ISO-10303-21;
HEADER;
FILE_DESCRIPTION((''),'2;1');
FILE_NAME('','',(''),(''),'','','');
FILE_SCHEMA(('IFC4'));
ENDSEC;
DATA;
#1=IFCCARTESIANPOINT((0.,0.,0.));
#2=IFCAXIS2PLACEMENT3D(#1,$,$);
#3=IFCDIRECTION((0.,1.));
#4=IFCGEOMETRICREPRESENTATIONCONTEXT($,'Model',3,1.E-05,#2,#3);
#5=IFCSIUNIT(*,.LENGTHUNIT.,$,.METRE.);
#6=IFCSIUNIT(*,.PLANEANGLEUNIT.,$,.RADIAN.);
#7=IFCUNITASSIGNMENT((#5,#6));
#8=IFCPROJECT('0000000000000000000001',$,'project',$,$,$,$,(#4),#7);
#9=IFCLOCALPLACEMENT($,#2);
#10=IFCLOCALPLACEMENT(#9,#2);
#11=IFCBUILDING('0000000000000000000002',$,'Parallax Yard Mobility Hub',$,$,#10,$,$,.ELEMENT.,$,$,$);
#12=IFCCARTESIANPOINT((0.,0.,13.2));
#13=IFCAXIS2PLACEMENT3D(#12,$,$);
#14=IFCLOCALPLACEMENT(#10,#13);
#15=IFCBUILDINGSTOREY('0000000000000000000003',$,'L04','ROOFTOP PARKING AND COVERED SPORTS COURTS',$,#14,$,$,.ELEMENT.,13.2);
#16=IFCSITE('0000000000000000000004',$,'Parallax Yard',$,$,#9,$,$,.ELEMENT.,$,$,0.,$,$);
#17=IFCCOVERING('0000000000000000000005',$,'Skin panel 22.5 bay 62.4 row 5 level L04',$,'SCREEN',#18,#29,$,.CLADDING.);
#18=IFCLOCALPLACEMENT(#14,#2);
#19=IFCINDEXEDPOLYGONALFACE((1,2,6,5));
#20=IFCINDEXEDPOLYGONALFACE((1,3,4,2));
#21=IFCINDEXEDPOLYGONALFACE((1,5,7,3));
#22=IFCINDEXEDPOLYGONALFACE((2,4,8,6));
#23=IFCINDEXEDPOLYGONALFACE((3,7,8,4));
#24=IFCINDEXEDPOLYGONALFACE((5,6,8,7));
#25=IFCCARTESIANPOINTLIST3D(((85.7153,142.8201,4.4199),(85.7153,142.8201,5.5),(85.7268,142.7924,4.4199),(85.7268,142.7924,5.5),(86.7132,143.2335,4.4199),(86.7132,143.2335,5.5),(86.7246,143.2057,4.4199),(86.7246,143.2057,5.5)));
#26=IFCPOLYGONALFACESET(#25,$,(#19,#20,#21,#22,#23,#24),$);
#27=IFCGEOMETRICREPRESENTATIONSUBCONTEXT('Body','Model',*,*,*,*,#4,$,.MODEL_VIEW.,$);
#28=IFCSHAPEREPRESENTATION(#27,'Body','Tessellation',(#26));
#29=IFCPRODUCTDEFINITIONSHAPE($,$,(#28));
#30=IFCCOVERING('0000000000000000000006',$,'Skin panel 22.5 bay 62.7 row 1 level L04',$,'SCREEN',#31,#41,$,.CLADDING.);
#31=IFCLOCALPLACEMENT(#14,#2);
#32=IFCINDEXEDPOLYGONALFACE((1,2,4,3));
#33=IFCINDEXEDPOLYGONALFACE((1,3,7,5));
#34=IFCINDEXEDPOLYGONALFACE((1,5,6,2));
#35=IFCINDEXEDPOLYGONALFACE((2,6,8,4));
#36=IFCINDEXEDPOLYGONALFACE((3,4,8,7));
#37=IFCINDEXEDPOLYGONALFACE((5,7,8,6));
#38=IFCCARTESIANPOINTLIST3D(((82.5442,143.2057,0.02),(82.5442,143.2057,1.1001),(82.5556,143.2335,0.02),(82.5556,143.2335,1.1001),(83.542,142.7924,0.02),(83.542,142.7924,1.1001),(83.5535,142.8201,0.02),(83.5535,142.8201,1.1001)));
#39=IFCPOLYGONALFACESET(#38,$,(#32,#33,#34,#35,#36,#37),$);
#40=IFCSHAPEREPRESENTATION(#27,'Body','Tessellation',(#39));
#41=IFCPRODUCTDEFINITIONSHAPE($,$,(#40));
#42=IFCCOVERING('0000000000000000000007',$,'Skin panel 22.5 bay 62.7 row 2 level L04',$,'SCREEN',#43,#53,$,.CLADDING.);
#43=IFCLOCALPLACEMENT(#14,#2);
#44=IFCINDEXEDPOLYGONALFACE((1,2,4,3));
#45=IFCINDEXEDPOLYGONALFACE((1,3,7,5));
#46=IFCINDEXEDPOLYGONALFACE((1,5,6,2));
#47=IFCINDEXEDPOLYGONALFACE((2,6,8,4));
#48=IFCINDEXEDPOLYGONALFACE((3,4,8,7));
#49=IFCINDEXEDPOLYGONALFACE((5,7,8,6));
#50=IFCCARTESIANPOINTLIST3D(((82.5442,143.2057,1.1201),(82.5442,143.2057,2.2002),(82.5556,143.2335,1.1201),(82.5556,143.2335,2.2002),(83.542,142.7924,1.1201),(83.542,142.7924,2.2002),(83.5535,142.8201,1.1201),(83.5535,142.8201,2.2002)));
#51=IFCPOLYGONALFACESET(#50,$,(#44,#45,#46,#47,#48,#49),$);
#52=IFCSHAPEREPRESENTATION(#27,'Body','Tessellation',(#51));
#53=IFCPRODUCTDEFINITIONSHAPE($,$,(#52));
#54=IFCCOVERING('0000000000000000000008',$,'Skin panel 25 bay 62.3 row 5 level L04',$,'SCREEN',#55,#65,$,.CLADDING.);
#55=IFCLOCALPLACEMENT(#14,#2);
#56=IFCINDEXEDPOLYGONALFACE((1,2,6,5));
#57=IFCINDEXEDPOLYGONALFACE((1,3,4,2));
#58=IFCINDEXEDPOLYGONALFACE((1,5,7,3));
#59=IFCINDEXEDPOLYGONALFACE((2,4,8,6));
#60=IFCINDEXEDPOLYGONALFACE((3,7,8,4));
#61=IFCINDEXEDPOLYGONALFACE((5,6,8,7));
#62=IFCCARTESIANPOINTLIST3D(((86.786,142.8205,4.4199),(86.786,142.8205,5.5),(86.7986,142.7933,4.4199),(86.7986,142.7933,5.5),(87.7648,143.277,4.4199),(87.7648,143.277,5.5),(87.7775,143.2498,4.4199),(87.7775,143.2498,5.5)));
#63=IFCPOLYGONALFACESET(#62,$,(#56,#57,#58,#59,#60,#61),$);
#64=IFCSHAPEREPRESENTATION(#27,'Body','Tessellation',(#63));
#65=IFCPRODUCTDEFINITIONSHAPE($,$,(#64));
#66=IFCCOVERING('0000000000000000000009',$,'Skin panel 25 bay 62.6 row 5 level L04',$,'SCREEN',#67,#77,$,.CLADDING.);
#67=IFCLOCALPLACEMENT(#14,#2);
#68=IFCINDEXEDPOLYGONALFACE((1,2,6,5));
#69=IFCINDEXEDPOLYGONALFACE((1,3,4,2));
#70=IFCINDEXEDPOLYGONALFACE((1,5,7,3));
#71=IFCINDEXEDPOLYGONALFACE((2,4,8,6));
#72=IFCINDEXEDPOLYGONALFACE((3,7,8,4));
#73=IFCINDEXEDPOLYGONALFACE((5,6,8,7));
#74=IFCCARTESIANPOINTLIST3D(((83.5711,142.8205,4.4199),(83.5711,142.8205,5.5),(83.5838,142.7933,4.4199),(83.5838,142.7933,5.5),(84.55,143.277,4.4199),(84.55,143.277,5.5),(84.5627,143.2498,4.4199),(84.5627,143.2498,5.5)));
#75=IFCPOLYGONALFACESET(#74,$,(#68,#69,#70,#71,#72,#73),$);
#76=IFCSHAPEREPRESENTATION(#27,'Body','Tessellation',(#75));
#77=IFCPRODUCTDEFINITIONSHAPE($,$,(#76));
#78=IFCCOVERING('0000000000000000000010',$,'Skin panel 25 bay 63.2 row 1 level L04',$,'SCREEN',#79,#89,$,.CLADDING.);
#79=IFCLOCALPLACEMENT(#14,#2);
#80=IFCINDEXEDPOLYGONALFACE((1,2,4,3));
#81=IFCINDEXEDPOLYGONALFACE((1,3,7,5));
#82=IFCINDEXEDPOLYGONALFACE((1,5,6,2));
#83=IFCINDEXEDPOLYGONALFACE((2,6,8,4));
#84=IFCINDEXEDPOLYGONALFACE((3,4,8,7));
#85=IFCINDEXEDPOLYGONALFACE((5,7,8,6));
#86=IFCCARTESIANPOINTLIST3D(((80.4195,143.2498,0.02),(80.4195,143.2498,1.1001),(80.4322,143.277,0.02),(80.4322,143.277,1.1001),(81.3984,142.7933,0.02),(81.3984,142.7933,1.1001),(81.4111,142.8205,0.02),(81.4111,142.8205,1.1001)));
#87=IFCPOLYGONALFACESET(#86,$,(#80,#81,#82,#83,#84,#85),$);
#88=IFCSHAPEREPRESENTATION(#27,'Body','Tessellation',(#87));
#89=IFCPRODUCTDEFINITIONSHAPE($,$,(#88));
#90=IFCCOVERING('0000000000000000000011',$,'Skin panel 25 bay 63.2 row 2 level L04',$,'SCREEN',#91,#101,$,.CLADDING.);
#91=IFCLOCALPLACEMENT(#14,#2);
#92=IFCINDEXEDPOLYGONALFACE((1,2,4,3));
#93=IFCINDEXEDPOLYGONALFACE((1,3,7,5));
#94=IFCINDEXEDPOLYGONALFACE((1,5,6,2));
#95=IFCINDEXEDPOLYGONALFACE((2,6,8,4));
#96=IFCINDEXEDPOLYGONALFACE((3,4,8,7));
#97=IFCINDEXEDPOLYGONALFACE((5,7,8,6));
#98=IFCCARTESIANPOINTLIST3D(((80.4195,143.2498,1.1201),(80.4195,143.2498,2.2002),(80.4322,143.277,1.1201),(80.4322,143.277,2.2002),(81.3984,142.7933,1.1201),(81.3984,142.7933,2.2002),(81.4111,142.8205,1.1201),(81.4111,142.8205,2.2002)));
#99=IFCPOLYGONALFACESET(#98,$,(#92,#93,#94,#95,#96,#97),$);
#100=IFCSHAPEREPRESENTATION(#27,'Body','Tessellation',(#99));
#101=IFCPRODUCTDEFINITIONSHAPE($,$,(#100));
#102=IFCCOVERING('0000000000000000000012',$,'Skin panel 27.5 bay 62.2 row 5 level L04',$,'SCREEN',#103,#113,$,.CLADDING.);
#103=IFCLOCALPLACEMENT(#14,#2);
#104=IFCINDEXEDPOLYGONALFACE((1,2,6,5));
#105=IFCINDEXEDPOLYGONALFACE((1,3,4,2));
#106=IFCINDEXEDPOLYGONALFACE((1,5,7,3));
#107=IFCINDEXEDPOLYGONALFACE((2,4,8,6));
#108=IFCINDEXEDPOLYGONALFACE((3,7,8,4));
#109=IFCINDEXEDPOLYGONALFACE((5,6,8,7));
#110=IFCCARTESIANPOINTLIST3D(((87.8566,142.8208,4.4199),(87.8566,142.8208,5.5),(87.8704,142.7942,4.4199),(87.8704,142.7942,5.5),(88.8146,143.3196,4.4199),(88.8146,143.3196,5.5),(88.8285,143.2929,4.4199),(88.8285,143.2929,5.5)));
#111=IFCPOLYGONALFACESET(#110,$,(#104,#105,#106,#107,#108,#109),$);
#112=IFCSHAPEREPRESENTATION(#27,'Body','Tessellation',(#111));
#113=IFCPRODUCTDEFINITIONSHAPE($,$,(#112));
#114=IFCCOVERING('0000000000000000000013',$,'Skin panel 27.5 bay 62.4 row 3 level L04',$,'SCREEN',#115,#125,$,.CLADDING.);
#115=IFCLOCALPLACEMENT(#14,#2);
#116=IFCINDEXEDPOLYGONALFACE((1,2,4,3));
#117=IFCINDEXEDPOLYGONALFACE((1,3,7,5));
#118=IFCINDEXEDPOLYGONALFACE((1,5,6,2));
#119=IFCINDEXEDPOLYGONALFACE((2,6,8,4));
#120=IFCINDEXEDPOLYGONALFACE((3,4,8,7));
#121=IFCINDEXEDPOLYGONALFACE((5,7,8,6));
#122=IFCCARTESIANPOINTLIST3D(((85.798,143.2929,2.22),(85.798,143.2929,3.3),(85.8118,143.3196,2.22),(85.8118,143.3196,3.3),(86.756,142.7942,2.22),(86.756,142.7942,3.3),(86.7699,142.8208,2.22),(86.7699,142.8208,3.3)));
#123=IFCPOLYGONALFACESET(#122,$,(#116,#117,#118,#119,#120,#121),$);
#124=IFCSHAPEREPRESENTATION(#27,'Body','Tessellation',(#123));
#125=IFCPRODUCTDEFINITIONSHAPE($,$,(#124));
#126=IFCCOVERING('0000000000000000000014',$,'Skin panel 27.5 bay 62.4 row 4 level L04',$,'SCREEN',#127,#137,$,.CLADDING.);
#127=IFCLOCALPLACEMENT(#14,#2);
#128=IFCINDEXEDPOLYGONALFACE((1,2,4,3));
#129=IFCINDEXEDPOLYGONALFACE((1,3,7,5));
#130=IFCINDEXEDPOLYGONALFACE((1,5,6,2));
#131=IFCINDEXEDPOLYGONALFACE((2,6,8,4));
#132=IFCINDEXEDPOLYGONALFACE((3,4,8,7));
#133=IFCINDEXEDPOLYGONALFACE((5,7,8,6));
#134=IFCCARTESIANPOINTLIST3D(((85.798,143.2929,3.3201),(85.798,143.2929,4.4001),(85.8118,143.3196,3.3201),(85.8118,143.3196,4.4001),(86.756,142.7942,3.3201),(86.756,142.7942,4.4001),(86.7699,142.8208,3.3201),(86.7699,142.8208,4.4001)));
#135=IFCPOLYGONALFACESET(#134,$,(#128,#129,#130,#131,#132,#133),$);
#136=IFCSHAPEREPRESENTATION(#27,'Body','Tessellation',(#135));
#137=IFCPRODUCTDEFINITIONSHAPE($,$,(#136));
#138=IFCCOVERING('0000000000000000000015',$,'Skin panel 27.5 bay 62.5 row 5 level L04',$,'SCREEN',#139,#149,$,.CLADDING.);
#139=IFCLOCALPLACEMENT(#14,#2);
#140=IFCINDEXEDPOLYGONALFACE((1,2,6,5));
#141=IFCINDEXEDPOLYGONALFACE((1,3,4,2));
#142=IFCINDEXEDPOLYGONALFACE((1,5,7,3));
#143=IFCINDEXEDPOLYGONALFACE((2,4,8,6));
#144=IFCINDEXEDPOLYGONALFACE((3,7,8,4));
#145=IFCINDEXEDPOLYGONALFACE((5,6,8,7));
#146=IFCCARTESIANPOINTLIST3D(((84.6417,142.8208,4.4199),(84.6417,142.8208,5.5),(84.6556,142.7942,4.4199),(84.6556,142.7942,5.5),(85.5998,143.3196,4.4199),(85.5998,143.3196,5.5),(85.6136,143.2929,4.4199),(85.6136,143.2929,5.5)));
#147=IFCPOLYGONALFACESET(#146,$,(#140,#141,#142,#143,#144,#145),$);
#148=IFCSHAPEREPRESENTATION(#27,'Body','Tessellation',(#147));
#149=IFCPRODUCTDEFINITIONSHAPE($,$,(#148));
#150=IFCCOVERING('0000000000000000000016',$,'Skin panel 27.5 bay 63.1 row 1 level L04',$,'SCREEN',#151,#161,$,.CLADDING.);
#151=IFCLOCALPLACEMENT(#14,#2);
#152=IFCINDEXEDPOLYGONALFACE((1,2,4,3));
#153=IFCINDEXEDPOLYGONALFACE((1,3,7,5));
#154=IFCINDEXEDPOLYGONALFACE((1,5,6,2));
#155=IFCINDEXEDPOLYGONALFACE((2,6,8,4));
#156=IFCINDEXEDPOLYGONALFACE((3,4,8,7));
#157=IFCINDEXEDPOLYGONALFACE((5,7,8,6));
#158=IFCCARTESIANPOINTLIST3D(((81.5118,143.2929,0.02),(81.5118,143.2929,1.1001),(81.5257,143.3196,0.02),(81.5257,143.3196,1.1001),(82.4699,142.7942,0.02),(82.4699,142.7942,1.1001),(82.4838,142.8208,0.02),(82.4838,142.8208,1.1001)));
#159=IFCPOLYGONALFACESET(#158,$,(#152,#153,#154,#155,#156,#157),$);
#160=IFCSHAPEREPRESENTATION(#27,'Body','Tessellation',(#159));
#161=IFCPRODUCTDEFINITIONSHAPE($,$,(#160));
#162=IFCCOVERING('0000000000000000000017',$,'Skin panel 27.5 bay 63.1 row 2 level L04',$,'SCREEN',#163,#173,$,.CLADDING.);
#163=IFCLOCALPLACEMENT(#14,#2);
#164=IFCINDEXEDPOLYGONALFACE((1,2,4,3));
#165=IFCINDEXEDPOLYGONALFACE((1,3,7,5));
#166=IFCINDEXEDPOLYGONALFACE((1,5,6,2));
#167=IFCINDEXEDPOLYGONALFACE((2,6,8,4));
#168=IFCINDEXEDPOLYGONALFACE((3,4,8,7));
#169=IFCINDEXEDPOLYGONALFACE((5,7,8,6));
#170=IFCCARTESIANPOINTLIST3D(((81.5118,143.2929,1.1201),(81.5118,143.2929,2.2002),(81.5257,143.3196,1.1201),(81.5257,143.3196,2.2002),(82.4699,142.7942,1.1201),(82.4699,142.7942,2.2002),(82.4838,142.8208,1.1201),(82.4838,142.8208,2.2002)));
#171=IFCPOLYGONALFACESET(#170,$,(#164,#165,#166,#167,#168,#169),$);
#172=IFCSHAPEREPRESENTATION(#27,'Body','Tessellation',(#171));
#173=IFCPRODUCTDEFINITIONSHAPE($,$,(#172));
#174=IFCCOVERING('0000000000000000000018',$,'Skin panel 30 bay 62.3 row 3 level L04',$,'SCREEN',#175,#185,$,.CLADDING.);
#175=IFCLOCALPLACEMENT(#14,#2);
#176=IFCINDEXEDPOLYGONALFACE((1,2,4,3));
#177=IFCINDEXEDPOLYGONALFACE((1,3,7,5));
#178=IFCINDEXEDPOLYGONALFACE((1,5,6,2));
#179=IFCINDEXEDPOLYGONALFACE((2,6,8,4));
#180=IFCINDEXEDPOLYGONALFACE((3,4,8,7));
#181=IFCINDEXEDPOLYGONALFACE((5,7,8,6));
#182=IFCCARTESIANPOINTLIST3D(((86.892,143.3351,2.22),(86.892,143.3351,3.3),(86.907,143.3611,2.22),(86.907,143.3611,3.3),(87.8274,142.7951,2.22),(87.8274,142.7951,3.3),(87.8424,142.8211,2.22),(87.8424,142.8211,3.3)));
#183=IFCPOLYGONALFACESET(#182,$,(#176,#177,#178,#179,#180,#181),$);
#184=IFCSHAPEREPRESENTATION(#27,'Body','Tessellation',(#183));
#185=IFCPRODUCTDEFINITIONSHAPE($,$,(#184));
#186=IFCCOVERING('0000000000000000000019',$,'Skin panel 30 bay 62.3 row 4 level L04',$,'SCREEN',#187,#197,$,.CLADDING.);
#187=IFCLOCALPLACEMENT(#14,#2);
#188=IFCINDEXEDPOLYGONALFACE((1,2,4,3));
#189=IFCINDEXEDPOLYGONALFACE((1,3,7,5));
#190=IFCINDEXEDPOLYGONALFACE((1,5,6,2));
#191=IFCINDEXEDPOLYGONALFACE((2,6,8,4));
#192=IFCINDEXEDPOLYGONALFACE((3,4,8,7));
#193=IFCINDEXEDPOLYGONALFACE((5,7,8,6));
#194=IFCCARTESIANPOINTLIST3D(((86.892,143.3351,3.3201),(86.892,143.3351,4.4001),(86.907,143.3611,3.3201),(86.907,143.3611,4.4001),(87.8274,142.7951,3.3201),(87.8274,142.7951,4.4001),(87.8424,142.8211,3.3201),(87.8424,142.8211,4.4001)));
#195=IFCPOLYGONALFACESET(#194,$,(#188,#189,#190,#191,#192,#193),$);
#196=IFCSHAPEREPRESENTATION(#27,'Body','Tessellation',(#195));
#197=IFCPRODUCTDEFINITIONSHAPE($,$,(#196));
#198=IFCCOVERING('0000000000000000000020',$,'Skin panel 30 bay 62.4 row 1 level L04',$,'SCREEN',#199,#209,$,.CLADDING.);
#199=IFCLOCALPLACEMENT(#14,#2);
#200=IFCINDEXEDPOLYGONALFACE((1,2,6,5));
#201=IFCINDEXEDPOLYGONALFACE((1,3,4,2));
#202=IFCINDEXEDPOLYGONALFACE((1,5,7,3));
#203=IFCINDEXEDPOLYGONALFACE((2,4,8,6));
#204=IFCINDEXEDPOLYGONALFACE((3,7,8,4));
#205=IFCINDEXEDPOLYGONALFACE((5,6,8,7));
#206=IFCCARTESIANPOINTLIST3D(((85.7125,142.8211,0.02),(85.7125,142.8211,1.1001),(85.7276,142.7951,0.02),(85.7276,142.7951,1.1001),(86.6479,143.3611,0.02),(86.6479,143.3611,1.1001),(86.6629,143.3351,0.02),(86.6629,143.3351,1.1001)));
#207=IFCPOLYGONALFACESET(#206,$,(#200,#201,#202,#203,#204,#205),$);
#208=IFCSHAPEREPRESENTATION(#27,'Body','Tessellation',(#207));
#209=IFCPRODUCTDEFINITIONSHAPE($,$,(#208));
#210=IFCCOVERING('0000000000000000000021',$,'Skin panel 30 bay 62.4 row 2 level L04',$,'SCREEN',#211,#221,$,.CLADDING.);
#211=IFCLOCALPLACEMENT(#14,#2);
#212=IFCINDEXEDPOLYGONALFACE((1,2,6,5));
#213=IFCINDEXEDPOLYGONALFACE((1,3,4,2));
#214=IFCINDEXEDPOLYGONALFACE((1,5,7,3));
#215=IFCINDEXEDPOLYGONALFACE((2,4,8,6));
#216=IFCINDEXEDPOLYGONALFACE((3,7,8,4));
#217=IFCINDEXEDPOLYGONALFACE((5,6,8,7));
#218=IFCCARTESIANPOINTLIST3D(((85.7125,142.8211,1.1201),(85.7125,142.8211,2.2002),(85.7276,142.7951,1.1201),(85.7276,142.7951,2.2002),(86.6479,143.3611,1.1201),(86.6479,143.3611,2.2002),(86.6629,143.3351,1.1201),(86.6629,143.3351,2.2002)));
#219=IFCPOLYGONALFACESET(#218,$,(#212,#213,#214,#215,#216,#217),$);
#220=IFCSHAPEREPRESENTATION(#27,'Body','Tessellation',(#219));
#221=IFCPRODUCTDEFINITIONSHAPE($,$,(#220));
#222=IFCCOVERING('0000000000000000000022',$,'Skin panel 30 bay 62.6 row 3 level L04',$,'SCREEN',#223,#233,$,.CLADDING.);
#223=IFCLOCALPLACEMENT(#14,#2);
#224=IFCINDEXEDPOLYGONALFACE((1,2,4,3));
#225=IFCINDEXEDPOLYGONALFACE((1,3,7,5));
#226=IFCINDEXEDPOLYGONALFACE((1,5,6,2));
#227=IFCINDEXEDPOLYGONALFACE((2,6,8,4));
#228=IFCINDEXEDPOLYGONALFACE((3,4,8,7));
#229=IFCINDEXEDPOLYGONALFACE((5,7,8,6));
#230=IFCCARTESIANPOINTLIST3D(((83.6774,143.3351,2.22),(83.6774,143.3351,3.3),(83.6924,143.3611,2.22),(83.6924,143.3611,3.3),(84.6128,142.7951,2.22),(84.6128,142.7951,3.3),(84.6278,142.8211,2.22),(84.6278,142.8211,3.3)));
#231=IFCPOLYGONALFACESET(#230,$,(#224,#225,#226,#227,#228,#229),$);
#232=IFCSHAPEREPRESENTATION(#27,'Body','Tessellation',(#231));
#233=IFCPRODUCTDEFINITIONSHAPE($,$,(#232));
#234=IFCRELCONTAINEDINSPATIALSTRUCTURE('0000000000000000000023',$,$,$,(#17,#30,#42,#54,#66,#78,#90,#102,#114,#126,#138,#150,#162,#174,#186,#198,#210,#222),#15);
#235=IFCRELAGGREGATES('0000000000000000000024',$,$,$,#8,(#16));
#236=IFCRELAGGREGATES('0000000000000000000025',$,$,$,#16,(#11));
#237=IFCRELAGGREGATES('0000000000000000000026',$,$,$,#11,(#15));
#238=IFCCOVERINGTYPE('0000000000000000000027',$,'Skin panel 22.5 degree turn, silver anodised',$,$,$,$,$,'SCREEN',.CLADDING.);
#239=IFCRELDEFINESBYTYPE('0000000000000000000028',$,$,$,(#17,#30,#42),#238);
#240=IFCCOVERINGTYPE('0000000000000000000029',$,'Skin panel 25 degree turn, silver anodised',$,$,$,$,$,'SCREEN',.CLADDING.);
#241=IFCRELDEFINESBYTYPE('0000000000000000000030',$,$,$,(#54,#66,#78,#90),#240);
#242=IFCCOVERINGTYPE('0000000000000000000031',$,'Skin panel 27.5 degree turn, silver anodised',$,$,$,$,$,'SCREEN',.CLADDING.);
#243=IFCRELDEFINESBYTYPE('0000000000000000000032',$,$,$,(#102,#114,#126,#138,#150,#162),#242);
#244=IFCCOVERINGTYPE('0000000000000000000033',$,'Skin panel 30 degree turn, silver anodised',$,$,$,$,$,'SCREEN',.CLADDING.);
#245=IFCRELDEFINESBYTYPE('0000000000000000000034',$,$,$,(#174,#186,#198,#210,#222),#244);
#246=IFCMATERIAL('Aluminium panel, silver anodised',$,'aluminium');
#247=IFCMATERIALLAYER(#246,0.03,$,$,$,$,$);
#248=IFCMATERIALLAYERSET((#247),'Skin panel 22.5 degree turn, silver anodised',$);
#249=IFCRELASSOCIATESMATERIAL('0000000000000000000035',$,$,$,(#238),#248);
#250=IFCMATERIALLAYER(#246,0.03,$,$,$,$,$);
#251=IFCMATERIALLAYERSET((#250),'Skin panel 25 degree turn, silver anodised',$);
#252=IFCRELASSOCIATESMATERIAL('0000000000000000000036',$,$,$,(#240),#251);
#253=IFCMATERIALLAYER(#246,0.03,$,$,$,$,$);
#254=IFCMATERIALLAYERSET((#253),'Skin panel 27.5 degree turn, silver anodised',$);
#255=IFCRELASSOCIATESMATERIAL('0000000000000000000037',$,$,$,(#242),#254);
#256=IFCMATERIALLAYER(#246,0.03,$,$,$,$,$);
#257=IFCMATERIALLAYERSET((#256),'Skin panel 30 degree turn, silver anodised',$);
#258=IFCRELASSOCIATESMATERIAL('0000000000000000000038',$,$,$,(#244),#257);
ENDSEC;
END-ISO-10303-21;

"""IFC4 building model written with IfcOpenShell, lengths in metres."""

from ifc_helpers import new_model, si_unit, direction, frame, origin, origin_2d, place, context, subcontext, project, spatial, rectangle, extrude, material, layer, layer_set, type_object, element, save


model = new_model("IFC4")

# Units and contexts
model_context = context("Model", 3, precision=1e-05, world=origin(), true_north=direction((0.0, 1.0)))
body_context = subcontext(model_context, "Body", "Model", "MODEL_VIEW")
ifc_project = project(units=[si_unit("LENGTHUNIT", "METRE"), si_unit("PLANEANGLEUNIT", "RADIAN")], contexts=[model_context])

# Site, building, storey
site_placement = place(None, origin())
site = spatial("IfcSite", under=ifc_project, at=site_placement, Name="Parallax Yard", CompositionType="ELEMENT", RefElevation=0.0)
building_placement = place(site_placement, origin())
building = spatial("IfcBuilding", under=site, at=building_placement, Name="Parallax Yard Mobility Hub", CompositionType="ELEMENT")
storey_placement = place(building_placement, frame((0.0, 0.0, 13.2)))
storey = spatial("IfcBuildingStorey", under=building, at=storey_placement, Name="L04", Description="ROOFTOP PARKING AND COVERED SPORTS COURTS", CompositionType="ELEMENT", Elevation=13.2)

# Coverings
ifc_material_1 = material(Name="Aluminium panel, silver anodised", Category="aluminium")
ifc_layer_1 = layer(ifc_material_1, 0.03)
ifc_layer_set_1 = layer_set([ifc_layer_1], Name="Skin panel 22.5 degree turn, silver anodised")
covering_type_1 = type_object("IfcCoveringType", Name="Skin panel 22.5 degree turn, silver anodised", ElementType="SCREEN", PredefinedType="CLADDING", material=ifc_layer_set_1)
for number, where, z_axis, x_axis, name in (
    (1, (86.22, 143.0129, 4.4199), (0.0, 0.0, 1.0), (0.92388, 0.382683, 0.0), "Skin panel 22.5 bay 62.4 row 5 level L04"),
    (2, (83.0488, 143.0129, 0.02), (0.0, 0.0, 1.0), (-0.92388, 0.382683, 0.0), "Skin panel 22.5 bay 62.7 row 1 level L04"),
    (3, (83.0488, 143.0129, 1.1201), (0.0, 0.0, 1.0), (-0.92388, 0.382683, 0.0), "Skin panel 22.5 bay 62.7 row 2 level L04"),
):
    element("IfcCovering", number, at=place(storey_placement, frame(where, z_axis=z_axis, x_axis=x_axis)), inside=storey, type_object=covering_type_1, Name=name, ObjectType="SCREEN", PredefinedType="CLADDING", context=body_context, shape_type="SweptSolid", body=[
        extrude(rectangle(XDim=1.0801, YDim=0.03, at=origin_2d()), origin(), (0.0, 0.0, 1.0), 1.0801),
    ])
ifc_layer_2 = layer(ifc_material_1, 0.03)
ifc_layer_set_2 = layer_set([ifc_layer_2], Name="Skin panel 25 degree turn, silver anodised")
covering_type_2 = type_object("IfcCoveringType", Name="Skin panel 25 degree turn, silver anodised", ElementType="SCREEN", PredefinedType="CLADDING", material=ifc_layer_set_2)
for number, where, z_axis, x_axis, name in (
    (4, (87.2817, 143.0352, 4.4199), (0.0, 0.0, 1.0), (0.906308, 0.422618, 0.0), "Skin panel 25 bay 62.3 row 5 level L04"),
    (5, (84.0669, 143.0352, 4.4199), (0.0, 0.0, 1.0), (0.906308, 0.422618, 0.0), "Skin panel 25 bay 62.6 row 5 level L04"),
    (6, (80.9153, 143.0352, 0.02), (0.0, 0.0, 1.0), (-0.906308, 0.422618, 0.0), "Skin panel 25 bay 63.2 row 1 level L04"),
    (7, (80.9153, 143.0352, 1.1201), (0.0, 0.0, 1.0), (-0.906308, 0.422618, 0.0), "Skin panel 25 bay 63.2 row 2 level L04"),
):
    element("IfcCovering", number, at=place(storey_placement, frame(where, z_axis=z_axis, x_axis=x_axis)), inside=storey, type_object=covering_type_2, Name=name, ObjectType="SCREEN", PredefinedType="CLADDING", context=body_context, shape_type="SweptSolid", body=[
        extrude(rectangle(XDim=1.0801, YDim=0.03, at=origin_2d()), origin(), (0.0, 0.0, 1.0), 1.0801),
    ])
ifc_layer_3 = layer(ifc_material_1, 0.03)
ifc_layer_set_3 = layer_set([ifc_layer_3], Name="Skin panel 27.5 degree turn, silver anodised")
covering_type_3 = type_object("IfcCoveringType", Name="Skin panel 27.5 degree turn, silver anodised", ElementType="SCREEN", PredefinedType="CLADDING", material=ifc_layer_set_3)
for number, where, z_axis, x_axis, name in (
    (8, (88.3425, 143.0569, 4.4199), (0.0, 0.0, 1.0), (0.887011, 0.461749, 0.0), "Skin panel 27.5 bay 62.2 row 5 level L04"),
    (9, (86.2839, 143.0569, 2.22), (0.0, 0.0, 1.0), (-0.887011, 0.461749, 0.0), "Skin panel 27.5 bay 62.4 row 3 level L04"),
    (10, (86.2839, 143.0569, 3.3201), (0.0, 0.0, 1.0), (-0.887011, 0.461749, 0.0), "Skin panel 27.5 bay 62.4 row 4 level L04"),
    (11, (85.1277, 143.0569, 4.4199), (0.0, 0.0, 1.0), (0.887011, 0.461749, 0.0), "Skin panel 27.5 bay 62.5 row 5 level L04"),
    (12, (81.9978, 143.0569, 0.02), (0.0, 0.0, 1.0), (-0.887011, 0.461749, 0.0), "Skin panel 27.5 bay 63.1 row 1 level L04"),
    (13, (81.9978, 143.0569, 1.1201), (0.0, 0.0, 1.0), (-0.887011, 0.461749, 0.0), "Skin panel 27.5 bay 63.1 row 2 level L04"),
):
    element("IfcCovering", number, at=place(storey_placement, frame(where, z_axis=z_axis, x_axis=x_axis)), inside=storey, type_object=covering_type_3, Name=name, ObjectType="SCREEN", PredefinedType="CLADDING", context=body_context, shape_type="SweptSolid", body=[
        extrude(rectangle(XDim=1.0801, YDim=0.03, at=origin_2d()), origin(), (0.0, 0.0, 1.0), 1.0801),
    ])
ifc_layer_4 = layer(ifc_material_1, 0.03)
ifc_layer_set_4 = layer_set([ifc_layer_4], Name="Skin panel 30 degree turn, silver anodised")
covering_type_4 = type_object("IfcCoveringType", Name="Skin panel 30 degree turn, silver anodised", ElementType="SCREEN", PredefinedType="CLADDING", material=ifc_layer_set_4)
for number, where, z_axis, x_axis, name in (
    (14, (87.3672, 143.0781, 2.22), (0.0, 0.0, 1.0), (-0.866025, 0.5, 0.0), "Skin panel 30 bay 62.3 row 3 level L04"),
    (15, (87.3672, 143.0781, 3.3201), (0.0, 0.0, 1.0), (-0.866025, 0.5, 0.0), "Skin panel 30 bay 62.3 row 4 level L04"),
    (16, (86.1877, 143.0781, 0.02), (0.0, 0.0, 1.0), (0.866025, 0.5, 0.0), "Skin panel 30 bay 62.4 row 1 level L04"),
    (17, (86.1877, 143.0781, 1.1201), (0.0, 0.0, 1.0), (0.866025, 0.5, 0.0), "Skin panel 30 bay 62.4 row 2 level L04"),
    (18, (84.1526, 143.0781, 2.22), (0.0, 0.0, 1.0), (-0.866025, 0.5, 0.0), "Skin panel 30 bay 62.6 row 3 level L04"),
):
    element("IfcCovering", number, at=place(storey_placement, frame(where, z_axis=z_axis, x_axis=x_axis)), inside=storey, type_object=covering_type_4, Name=name, ObjectType="SCREEN", PredefinedType="CLADDING", context=body_context, shape_type="SweptSolid", body=[
        extrude(rectangle(XDim=1.0801, YDim=0.03, at=origin_2d()), origin(), (0.0, 0.0, 1.0), 1.0801),
    ])

save(model, "model.ifc")
